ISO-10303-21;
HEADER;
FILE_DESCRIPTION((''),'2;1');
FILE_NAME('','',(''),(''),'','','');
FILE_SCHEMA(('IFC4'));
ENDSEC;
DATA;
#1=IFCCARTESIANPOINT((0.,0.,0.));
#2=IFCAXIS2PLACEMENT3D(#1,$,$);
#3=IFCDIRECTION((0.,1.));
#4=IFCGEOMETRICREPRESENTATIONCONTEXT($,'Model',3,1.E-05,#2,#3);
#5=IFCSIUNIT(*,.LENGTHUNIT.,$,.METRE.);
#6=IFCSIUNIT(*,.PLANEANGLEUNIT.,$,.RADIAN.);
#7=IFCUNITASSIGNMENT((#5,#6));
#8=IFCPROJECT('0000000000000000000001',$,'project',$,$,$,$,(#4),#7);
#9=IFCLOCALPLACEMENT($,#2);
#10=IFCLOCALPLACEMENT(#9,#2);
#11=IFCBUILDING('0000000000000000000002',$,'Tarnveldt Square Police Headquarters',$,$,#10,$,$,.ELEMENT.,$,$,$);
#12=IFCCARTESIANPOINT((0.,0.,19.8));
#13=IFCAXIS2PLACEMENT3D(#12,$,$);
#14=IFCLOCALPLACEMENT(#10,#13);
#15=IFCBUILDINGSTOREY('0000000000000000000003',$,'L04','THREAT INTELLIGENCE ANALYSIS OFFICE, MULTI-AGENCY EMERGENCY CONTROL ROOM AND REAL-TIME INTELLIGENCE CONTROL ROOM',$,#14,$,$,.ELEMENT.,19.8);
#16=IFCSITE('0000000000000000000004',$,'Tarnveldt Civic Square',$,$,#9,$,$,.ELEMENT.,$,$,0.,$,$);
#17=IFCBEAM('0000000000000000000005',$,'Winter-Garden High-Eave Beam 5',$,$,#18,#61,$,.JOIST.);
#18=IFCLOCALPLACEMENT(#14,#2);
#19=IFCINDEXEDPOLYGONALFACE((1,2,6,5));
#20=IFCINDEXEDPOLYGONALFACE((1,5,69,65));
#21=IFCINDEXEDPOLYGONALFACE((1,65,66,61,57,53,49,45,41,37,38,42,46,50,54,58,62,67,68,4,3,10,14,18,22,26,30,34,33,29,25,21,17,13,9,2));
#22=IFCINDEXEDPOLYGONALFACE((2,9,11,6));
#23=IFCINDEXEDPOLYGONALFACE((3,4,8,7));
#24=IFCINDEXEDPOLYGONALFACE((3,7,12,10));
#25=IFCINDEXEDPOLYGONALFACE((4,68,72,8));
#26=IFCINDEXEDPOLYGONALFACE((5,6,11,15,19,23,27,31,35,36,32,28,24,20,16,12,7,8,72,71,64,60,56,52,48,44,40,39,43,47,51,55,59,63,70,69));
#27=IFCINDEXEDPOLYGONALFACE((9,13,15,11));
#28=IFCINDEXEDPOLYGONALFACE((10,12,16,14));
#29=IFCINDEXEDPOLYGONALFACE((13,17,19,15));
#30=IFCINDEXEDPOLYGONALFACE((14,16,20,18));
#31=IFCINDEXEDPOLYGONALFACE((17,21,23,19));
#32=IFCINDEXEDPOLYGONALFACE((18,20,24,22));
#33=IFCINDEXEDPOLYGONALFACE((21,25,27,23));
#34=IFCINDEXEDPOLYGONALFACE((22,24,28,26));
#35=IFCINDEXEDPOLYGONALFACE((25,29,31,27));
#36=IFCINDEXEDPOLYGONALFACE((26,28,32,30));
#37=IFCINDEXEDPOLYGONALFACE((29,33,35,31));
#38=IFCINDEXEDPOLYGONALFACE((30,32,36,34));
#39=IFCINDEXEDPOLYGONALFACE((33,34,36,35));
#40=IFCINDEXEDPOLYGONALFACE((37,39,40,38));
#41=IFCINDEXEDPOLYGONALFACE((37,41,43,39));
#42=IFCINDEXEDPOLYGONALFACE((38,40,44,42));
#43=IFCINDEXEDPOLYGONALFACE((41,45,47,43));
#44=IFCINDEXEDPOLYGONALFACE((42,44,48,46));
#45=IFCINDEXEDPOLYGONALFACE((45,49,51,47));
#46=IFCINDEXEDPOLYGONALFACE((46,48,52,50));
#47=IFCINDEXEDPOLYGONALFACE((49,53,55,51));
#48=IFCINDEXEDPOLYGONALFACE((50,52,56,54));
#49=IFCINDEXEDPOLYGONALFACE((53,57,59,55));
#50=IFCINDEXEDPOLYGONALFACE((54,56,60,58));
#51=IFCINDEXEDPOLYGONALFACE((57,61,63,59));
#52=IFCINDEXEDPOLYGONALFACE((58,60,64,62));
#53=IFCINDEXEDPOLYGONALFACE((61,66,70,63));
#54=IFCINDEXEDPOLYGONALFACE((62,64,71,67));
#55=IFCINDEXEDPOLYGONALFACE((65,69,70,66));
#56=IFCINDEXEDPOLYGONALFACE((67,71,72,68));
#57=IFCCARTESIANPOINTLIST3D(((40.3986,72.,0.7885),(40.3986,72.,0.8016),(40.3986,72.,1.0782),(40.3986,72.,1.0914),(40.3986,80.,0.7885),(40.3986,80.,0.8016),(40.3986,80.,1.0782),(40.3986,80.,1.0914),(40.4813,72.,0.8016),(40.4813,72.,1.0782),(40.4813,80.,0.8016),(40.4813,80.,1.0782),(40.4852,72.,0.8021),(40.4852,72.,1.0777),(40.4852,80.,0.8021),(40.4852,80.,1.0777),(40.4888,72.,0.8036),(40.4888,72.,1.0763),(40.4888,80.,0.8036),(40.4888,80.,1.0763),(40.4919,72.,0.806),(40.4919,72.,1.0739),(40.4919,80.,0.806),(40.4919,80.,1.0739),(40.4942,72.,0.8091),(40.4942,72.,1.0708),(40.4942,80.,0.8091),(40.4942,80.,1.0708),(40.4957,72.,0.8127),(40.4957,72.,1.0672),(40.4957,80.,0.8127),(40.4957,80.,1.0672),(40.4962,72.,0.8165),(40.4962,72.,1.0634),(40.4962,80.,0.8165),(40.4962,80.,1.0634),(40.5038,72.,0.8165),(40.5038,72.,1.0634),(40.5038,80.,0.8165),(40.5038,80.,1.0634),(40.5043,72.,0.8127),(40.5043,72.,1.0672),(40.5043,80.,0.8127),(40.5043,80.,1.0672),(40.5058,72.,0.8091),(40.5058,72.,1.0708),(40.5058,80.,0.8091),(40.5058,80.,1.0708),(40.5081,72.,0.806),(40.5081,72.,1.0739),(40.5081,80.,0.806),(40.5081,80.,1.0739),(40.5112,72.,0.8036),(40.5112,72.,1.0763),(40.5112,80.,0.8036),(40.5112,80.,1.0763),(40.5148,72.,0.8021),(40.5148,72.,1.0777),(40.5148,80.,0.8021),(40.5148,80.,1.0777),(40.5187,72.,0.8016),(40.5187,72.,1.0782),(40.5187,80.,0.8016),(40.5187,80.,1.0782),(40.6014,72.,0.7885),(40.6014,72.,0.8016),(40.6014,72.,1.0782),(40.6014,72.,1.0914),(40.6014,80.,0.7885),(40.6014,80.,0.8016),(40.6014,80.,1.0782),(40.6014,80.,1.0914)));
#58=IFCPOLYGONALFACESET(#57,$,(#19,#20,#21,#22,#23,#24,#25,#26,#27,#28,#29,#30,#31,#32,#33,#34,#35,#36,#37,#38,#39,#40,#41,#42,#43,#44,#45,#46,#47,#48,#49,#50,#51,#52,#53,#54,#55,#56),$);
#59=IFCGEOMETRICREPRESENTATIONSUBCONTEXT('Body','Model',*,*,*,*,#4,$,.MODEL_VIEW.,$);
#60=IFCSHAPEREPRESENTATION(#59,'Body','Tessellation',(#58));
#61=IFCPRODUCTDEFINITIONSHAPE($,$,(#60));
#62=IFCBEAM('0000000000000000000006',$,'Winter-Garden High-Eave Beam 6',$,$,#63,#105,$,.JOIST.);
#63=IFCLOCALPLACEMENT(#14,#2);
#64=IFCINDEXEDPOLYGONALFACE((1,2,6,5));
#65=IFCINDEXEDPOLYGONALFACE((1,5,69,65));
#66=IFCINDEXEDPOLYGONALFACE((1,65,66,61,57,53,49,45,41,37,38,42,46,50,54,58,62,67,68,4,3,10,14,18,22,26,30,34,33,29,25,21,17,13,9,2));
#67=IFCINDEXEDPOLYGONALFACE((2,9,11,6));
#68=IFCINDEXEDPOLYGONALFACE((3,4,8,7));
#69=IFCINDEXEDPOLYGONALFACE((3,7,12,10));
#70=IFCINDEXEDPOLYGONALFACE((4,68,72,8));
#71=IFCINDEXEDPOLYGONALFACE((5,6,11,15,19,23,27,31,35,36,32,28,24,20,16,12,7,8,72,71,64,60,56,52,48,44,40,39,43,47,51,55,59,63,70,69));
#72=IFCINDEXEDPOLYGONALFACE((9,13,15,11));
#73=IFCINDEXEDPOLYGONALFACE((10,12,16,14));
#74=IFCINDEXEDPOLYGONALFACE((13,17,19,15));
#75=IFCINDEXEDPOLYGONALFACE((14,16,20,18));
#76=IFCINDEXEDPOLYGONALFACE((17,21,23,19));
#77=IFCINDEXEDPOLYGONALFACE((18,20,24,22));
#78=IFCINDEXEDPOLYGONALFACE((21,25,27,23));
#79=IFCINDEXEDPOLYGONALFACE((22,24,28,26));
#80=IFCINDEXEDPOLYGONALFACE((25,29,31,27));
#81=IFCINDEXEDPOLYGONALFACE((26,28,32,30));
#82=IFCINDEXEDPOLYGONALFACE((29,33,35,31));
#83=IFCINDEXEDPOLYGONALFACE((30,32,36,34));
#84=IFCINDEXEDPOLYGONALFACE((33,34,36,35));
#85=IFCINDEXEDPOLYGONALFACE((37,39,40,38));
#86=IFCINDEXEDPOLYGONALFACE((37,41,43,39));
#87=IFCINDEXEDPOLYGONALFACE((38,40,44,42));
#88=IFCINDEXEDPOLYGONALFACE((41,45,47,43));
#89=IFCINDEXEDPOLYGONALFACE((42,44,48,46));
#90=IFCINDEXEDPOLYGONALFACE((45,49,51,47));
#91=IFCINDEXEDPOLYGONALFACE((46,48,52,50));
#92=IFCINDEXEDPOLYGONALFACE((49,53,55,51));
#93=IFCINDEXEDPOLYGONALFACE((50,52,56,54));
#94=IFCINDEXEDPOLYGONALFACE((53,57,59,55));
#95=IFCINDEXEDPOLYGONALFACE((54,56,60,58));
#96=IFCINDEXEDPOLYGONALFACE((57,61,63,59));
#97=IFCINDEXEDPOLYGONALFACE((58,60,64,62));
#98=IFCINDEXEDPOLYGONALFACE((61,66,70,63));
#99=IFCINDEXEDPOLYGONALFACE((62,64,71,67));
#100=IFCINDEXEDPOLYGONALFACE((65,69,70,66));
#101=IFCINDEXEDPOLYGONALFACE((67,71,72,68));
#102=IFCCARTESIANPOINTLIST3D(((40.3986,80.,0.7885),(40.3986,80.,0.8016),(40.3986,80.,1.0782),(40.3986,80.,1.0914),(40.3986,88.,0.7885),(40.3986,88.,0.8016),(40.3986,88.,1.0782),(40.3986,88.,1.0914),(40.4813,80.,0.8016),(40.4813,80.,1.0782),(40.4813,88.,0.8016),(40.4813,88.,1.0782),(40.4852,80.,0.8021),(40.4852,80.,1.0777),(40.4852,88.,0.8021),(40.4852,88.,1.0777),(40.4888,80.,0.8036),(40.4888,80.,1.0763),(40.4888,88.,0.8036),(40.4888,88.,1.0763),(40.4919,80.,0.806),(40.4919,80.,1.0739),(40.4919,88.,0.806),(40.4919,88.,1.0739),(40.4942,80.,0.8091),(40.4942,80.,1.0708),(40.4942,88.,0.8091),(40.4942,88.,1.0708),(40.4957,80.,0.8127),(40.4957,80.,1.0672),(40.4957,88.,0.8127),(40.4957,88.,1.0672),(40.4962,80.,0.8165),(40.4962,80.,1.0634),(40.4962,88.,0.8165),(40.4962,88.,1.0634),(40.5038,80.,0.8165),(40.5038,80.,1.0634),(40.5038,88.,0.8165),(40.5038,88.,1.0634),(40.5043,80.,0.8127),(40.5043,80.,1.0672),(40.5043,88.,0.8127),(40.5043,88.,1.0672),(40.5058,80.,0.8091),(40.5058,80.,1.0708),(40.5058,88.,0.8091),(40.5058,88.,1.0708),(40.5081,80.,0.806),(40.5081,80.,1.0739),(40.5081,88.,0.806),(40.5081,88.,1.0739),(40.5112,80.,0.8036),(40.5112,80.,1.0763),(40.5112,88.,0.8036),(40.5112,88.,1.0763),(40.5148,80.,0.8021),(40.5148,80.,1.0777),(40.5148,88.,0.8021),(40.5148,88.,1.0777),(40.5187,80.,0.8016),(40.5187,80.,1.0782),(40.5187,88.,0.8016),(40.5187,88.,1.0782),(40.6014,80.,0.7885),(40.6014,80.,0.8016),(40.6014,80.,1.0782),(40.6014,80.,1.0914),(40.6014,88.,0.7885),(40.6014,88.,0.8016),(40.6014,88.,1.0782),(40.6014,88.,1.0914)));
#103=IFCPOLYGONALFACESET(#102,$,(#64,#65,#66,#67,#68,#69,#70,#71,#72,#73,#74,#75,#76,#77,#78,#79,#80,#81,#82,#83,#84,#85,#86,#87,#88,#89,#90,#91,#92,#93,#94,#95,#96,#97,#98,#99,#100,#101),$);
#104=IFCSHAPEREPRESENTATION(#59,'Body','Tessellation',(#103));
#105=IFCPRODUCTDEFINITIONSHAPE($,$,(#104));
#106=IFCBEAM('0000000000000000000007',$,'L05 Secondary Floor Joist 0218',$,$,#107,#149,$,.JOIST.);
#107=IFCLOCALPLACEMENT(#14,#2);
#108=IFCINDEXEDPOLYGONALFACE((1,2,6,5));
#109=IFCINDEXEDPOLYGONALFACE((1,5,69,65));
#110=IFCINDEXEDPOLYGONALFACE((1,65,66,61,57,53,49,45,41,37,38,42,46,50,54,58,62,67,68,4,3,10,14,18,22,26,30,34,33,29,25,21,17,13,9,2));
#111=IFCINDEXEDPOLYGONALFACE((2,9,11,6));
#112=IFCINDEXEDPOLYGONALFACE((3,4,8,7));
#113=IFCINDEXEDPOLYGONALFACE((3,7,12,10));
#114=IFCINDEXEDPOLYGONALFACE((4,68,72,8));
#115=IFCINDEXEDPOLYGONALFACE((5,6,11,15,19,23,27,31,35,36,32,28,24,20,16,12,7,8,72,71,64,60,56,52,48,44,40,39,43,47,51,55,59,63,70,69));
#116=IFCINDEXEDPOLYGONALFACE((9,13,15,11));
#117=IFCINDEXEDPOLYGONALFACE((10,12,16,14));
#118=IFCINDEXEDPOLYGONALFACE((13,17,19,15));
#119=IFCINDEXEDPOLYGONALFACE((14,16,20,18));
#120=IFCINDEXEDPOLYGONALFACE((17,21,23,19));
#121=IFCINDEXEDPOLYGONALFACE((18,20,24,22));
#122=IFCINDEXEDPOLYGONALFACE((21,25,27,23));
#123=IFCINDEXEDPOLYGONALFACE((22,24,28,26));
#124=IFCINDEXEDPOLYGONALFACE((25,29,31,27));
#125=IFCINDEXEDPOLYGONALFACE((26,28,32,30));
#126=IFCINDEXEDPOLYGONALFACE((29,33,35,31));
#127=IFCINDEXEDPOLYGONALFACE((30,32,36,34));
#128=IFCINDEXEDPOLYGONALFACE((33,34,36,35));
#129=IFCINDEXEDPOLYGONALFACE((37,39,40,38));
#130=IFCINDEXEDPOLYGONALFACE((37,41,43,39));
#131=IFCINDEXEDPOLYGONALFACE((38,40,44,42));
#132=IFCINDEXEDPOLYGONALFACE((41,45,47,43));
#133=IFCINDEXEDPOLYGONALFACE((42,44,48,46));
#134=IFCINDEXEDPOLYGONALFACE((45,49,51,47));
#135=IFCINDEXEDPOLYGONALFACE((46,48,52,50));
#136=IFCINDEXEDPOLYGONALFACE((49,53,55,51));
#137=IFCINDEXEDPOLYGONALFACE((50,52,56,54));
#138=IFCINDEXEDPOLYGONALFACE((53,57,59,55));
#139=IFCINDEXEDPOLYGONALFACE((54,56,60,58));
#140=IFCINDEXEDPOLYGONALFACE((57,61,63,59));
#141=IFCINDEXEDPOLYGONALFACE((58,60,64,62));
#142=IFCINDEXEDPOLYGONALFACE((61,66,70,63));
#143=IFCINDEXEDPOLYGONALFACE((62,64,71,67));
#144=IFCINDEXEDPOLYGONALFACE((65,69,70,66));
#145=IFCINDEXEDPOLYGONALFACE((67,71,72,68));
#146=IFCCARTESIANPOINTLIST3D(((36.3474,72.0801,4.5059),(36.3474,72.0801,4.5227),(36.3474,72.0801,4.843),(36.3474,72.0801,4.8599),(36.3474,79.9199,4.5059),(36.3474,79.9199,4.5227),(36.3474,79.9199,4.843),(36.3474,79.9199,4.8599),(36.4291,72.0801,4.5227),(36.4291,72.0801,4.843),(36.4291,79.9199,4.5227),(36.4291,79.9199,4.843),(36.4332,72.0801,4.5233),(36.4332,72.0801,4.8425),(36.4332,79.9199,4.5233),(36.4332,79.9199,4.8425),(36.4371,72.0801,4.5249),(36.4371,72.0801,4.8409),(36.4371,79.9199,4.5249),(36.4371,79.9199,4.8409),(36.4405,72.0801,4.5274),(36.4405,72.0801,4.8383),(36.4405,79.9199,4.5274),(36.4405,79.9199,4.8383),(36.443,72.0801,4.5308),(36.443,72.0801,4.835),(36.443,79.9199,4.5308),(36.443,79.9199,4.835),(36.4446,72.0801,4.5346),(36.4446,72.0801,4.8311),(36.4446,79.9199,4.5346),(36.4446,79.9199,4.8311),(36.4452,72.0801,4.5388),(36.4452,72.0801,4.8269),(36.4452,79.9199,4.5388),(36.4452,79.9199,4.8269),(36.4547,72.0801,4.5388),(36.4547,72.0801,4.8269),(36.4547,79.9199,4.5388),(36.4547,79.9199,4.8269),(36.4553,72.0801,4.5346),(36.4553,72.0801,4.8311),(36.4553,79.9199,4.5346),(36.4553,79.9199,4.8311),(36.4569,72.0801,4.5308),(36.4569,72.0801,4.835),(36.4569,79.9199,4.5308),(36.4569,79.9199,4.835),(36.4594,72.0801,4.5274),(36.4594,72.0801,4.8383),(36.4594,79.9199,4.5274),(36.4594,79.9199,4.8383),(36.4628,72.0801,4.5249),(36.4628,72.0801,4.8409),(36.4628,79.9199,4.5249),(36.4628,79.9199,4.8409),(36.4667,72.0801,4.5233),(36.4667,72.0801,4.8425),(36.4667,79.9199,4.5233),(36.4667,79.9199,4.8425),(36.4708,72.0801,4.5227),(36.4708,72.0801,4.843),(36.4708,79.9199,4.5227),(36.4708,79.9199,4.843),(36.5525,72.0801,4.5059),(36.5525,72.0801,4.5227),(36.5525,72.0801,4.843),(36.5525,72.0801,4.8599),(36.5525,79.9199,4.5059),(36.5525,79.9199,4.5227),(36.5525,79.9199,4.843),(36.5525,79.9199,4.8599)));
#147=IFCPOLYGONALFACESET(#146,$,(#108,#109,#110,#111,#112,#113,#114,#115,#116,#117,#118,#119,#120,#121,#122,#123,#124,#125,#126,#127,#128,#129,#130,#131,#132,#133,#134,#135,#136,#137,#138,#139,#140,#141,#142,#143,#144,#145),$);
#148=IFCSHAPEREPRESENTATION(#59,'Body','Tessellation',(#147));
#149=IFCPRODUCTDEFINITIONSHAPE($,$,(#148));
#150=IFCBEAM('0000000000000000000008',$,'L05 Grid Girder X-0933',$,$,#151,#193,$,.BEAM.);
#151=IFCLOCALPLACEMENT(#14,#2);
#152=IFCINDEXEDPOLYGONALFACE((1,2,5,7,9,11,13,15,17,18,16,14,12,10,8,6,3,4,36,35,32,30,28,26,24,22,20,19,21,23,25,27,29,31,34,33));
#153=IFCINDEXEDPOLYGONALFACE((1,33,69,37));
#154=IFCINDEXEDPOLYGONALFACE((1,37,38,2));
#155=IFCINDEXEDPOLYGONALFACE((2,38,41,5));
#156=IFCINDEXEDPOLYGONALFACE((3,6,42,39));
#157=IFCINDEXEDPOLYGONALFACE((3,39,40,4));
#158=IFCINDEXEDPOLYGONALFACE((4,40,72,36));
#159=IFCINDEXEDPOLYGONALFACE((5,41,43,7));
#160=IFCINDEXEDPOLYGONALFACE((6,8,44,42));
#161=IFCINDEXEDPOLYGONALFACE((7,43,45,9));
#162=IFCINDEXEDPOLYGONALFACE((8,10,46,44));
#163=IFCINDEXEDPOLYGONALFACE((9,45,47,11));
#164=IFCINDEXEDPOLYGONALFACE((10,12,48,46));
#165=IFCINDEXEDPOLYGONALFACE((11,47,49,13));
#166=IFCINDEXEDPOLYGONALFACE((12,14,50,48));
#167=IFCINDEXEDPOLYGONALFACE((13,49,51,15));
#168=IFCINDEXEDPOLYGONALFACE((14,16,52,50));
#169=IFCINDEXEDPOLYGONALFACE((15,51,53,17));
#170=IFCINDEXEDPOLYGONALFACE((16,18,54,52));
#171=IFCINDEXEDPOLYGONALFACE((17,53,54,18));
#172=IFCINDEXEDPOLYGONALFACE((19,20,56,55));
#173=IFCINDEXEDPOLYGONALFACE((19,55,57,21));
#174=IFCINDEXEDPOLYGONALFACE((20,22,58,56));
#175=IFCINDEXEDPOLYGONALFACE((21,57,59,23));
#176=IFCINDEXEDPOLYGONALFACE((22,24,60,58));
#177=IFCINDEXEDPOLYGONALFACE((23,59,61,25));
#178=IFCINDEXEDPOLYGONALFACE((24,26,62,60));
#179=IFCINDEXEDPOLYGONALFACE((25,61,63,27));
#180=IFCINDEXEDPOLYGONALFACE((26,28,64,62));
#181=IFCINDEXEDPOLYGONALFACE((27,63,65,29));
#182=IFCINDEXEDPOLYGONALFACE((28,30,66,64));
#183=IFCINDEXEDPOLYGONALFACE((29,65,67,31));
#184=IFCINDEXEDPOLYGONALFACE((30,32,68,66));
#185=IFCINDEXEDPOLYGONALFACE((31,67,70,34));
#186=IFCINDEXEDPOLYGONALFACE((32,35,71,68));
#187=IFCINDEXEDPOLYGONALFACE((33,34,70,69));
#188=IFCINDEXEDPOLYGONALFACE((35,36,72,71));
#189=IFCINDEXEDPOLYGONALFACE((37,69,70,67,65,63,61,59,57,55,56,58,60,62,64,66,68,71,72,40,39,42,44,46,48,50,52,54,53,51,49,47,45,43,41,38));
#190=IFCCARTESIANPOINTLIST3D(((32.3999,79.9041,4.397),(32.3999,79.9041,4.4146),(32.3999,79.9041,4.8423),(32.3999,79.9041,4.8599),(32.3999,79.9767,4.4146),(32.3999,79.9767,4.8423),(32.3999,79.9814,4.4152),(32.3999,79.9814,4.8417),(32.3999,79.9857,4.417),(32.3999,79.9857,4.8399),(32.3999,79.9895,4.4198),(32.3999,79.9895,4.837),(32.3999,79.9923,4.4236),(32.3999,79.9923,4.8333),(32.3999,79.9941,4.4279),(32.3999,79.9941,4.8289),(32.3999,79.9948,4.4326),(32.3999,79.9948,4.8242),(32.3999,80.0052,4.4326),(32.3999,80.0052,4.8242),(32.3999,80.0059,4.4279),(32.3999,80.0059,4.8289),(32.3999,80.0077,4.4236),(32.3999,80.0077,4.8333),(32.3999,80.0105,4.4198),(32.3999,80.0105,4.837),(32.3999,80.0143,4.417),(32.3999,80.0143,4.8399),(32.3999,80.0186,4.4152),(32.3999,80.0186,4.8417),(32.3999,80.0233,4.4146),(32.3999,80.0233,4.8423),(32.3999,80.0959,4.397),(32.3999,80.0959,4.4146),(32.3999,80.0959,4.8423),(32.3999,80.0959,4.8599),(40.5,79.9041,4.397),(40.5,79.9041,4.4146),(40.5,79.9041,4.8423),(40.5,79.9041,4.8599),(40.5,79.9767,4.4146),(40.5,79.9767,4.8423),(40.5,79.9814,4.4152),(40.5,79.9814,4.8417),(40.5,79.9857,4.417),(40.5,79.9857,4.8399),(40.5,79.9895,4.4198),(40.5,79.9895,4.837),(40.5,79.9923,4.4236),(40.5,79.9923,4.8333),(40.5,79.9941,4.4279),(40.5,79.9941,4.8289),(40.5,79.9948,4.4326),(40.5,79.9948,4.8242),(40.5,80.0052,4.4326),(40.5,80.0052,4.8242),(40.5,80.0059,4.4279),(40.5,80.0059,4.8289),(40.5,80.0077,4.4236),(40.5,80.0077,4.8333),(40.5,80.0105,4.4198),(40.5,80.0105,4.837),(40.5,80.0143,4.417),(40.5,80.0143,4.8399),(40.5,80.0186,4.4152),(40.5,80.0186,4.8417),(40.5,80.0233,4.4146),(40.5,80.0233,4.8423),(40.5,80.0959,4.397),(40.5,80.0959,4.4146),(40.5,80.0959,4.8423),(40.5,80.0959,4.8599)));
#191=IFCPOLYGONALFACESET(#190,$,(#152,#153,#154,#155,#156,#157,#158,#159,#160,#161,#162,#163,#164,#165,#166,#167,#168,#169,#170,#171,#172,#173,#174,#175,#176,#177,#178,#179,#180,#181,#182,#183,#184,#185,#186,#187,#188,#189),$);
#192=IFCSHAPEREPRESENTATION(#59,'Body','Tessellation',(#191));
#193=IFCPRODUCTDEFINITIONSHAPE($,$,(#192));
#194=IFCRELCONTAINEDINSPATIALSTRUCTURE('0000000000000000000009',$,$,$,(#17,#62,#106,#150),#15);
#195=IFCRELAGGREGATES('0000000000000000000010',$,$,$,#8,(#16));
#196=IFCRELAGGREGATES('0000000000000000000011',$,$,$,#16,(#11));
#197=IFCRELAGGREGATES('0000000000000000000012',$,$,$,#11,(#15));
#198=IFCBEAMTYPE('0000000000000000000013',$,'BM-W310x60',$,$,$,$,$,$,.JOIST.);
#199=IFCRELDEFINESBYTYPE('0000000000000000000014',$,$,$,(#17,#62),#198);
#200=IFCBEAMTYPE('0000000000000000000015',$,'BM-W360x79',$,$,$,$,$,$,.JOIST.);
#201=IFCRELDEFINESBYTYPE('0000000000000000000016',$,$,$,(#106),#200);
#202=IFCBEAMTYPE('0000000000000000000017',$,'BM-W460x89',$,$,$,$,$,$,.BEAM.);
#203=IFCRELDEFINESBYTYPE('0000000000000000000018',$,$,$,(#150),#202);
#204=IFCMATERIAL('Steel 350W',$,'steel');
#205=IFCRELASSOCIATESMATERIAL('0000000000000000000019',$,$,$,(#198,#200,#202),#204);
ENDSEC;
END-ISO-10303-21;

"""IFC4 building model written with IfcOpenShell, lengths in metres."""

from ifc_helpers import new_model, si_unit, direction, frame, origin, origin_2d, place, context, subcontext, project, spatial, i_section, extrude, material, material_profile, profile_set, type_object, element, save


model = new_model("IFC4")

# Units and contexts
model_context = context("Model", 3, precision=1e-05, world=origin(), true_north=direction((0.0, 1.0)))
body_context = subcontext(model_context, "Body", "Model", "MODEL_VIEW")
ifc_project = project(units=[si_unit("LENGTHUNIT", "METRE"), si_unit("PLANEANGLEUNIT", "RADIAN")], contexts=[model_context])

# Site, building, storey
site_placement = place(None, origin())
site = spatial("IfcSite", under=ifc_project, at=site_placement, Name="Tarnveldt Civic Square", CompositionType="ELEMENT", RefElevation=0.0)
building_placement = place(site_placement, origin())
building = spatial("IfcBuilding", under=site, at=building_placement, Name="Tarnveldt Square Police Headquarters", CompositionType="ELEMENT")
storey_placement = place(building_placement, frame((0.0, 0.0, 19.8)))
storey = spatial("IfcBuildingStorey", under=building, at=storey_placement, Name="L04", Description="THREAT INTELLIGENCE ANALYSIS OFFICE, MULTI-AGENCY EMERGENCY CONTROL ROOM AND REAL-TIME INTELLIGENCE CONTROL ROOM", CompositionType="ELEMENT", Elevation=19.8)

# Shared definitions
ifc_material_1 = material(Name="Steel 350W", Category="steel")

# Beams
ifc_material_profile_1 = material_profile(ifc_material_1, i_section(OverallWidth=0.2029, OverallDepth=0.303, WebThickness=0.0076, FlangeThickness=0.0132, FilletRadius=0.0149, at=origin_2d()), Name="W310x60")
ifc_profile_set_1 = profile_set([ifc_material_profile_1], Name="Steel 350W")
beam_type_1 = type_object("IfcBeamType", Name="BM-W310x60", PredefinedType="JOIST", material=ifc_profile_set_1)
for number, where, z_axis, x_axis, name in (
    (1, (40.5, 72.0, 0.9399), (0.0, 1.0, 0.0), (-1.0, 0.0, 0.0), "Winter-Garden High-Eave Beam 5"),
    (2, (40.5, 80.0, 0.9399), (0.0, 1.0, 0.0), (-1.0, 0.0, 0.0), "Winter-Garden High-Eave Beam 6"),
):
    element("IfcBeam", number, at=place(storey_placement, frame(where, z_axis=z_axis, x_axis=x_axis)), inside=storey, type_object=beam_type_1, Name=name, PredefinedType="JOIST", context=body_context, shape_type="SweptSolid", body=[
        extrude(i_section(OverallWidth=0.2029, OverallDepth=0.303, WebThickness=0.0076, FlangeThickness=0.0132, FilletRadius=0.0149, at=origin_2d()), origin(), (0.0, 0.0, 1.0), 8.0),
    ])
ifc_material_profile_2 = material_profile(ifc_material_1, i_section(OverallWidth=0.2051, OverallDepth=0.354, WebThickness=0.0095, FlangeThickness=0.0168, FilletRadius=0.0161, at=origin_2d()), Name="W360x79")
ifc_profile_set_2 = profile_set([ifc_material_profile_2], Name="Steel 350W")
beam_type_2 = type_object("IfcBeamType", Name="BM-W360x79", PredefinedType="JOIST", material=ifc_profile_set_2)
beam_1_placement = place(storey_placement, frame((36.45, 72.0801, 4.6829), z_axis=(0.0, 1.0, 0.0), x_axis=(-1.0, 0.0, 0.0)))
element("IfcBeam", 3, at=beam_1_placement, inside=storey, type_object=beam_type_2, Name="L05 Secondary Floor Joist 0218", PredefinedType="JOIST", context=body_context, shape_type="SweptSolid", body=[
    extrude(i_section(OverallWidth=0.2051, OverallDepth=0.354, WebThickness=0.0095, FlangeThickness=0.0168, FilletRadius=0.0161, at=origin_2d()), origin(), (0.0, 0.0, 1.0), 7.8398),
])
ifc_material_profile_3 = material_profile(ifc_material_1, i_section(OverallWidth=0.1919, OverallDepth=0.4629, WebThickness=0.0105, FlangeThickness=0.0176, FilletRadius=0.0181, at=origin_2d()), Name="W460x89")
ifc_profile_set_3 = profile_set([ifc_material_profile_3], Name="Steel 350W")
beam_type_3 = type_object("IfcBeamType", Name="BM-W460x89", PredefinedType="BEAM", material=ifc_profile_set_3)
beam_2_placement = place(storey_placement, frame((32.3999, 80.0, 4.6284), z_axis=(1.0, 0.0, 0.0), x_axis=(0.0, 1.0, 0.0)))
element("IfcBeam", 4, at=beam_2_placement, inside=storey, type_object=beam_type_3, Name="L05 Grid Girder X-0933", PredefinedType="BEAM", context=body_context, shape_type="SweptSolid", body=[
    extrude(i_section(OverallWidth=0.1919, OverallDepth=0.4629, WebThickness=0.0105, FlangeThickness=0.0176, FilletRadius=0.0181, at=origin_2d()), origin(), (0.0, 0.0, 1.0), 8.1001),
])

save(model, "model.ifc")
